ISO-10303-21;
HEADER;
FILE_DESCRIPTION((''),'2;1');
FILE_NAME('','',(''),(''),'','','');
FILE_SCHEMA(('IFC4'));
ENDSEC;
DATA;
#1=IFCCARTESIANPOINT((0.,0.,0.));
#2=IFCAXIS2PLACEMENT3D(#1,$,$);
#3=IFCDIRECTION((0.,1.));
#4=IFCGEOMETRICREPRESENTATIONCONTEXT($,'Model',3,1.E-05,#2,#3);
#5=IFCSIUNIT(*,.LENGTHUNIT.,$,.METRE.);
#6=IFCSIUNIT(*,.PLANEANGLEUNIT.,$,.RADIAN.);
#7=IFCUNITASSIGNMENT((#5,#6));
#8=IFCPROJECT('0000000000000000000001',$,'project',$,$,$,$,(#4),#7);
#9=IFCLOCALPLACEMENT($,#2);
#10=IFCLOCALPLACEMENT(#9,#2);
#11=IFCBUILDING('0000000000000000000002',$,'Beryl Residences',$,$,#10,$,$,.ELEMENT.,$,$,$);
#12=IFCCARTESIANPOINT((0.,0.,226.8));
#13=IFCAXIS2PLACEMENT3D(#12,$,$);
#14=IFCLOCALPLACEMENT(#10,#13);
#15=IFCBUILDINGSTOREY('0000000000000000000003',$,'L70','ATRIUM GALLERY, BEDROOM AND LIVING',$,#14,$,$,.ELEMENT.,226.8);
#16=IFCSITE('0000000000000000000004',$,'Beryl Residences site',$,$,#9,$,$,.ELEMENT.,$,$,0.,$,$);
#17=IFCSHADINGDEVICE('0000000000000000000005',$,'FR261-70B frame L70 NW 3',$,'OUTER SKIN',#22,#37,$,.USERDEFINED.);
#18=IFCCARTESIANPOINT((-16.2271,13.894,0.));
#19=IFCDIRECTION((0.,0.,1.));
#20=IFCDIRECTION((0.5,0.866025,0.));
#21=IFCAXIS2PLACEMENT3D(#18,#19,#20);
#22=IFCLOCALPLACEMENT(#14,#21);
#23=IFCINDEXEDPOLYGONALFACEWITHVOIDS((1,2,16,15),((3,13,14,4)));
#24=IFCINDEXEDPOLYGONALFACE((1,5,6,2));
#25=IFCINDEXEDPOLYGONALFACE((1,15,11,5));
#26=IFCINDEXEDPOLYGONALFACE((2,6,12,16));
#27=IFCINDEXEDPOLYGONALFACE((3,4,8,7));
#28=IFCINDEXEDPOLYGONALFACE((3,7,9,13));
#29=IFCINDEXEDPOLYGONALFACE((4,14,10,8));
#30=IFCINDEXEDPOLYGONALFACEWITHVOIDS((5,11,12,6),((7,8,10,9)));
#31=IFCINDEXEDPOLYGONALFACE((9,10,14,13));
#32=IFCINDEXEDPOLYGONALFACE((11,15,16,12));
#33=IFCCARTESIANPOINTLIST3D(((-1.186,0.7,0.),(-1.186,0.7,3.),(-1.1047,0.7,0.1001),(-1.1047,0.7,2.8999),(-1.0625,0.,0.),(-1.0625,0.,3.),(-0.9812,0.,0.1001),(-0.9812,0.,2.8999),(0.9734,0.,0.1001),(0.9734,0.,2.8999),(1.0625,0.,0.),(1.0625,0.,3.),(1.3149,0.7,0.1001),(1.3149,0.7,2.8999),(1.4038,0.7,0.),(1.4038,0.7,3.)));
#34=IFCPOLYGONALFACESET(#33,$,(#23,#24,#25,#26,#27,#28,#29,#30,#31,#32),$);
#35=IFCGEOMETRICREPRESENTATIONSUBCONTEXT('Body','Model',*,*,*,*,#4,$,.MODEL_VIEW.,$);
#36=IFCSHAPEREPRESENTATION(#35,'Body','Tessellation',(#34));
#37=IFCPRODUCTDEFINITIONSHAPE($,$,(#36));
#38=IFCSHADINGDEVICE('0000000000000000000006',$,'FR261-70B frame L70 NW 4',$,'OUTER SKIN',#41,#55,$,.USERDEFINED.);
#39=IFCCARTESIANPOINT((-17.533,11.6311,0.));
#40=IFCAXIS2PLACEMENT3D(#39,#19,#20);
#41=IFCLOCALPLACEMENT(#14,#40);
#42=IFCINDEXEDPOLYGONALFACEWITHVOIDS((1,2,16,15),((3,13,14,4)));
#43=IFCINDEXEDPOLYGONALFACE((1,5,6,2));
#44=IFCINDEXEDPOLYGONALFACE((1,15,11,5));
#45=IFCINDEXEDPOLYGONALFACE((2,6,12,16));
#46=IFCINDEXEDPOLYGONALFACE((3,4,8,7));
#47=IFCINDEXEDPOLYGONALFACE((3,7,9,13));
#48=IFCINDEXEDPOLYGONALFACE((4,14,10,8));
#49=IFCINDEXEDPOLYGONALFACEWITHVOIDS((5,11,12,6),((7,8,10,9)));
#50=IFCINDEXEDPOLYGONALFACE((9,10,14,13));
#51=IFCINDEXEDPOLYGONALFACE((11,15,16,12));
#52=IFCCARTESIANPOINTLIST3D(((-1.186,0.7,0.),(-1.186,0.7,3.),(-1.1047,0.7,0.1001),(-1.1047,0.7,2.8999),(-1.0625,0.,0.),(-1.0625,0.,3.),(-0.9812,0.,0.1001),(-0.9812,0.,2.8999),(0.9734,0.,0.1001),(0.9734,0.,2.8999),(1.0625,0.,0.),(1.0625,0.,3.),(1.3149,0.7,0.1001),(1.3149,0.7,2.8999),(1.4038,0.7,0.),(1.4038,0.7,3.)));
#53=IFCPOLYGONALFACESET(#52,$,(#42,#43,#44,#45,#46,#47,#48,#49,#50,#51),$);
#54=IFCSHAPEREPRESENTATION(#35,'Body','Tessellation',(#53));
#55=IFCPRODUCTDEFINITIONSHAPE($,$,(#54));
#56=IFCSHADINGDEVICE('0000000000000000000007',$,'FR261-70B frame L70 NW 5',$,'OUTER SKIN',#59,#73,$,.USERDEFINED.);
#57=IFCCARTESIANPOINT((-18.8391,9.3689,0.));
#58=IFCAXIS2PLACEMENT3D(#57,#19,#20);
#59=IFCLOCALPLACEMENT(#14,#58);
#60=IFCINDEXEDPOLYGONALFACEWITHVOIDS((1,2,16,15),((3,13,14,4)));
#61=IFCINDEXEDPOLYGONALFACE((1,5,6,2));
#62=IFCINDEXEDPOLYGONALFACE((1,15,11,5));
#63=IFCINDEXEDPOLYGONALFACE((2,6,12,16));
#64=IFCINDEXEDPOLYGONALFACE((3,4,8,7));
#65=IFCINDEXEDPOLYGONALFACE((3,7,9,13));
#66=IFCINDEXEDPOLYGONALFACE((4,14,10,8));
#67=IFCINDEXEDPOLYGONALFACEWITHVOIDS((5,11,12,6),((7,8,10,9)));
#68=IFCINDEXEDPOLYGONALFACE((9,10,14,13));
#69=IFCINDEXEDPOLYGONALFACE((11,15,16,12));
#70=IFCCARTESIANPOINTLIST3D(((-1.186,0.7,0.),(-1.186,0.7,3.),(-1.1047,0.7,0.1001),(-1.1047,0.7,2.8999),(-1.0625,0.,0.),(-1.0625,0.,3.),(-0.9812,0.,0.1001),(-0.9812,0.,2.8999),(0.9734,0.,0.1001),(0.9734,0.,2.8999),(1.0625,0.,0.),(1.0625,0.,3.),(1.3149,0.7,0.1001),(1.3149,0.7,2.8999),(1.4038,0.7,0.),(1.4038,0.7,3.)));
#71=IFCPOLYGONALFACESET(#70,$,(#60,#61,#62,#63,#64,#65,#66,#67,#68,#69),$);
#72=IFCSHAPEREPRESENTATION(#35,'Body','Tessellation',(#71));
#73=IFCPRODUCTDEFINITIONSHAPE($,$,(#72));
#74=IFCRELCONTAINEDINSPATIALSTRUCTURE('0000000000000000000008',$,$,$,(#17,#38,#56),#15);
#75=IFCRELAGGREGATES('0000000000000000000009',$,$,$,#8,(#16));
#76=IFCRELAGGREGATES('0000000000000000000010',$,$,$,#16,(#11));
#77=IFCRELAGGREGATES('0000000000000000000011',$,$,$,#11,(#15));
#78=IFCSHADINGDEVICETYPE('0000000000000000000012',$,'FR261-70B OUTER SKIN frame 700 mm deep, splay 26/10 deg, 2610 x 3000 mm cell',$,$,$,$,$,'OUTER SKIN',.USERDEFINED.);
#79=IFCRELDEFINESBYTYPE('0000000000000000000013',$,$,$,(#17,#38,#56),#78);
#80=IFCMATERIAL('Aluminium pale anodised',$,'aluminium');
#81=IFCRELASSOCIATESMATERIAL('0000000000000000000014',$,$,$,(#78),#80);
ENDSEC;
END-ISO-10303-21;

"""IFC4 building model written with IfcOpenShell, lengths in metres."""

from ifc_helpers import new_model, entity, si_unit, direction, frame, origin, place, context, subcontext, project, spatial, source, transform, mapped, material, type_object, type_shapes, element, save


model = new_model("IFC4")

# Units and contexts
model_context = context("Model", 3, precision=1e-05, world=origin(), true_north=direction((0.0, 1.0)))
body_context = subcontext(model_context, "Body", "Model", "MODEL_VIEW")
ifc_project = project(units=[si_unit("LENGTHUNIT", "METRE"), si_unit("PLANEANGLEUNIT", "RADIAN")], contexts=[model_context])

# Site, building, storey
site_placement = place(None, origin())
site = spatial("IfcSite", under=ifc_project, at=site_placement, Name="Beryl Residences site", CompositionType="ELEMENT", RefElevation=0.0)
building_placement = place(site_placement, origin())
building = spatial("IfcBuilding", under=site, at=building_placement, Name="Beryl Residences", CompositionType="ELEMENT")
storey_placement = place(building_placement, frame((0.0, 0.0, 226.8)))
storey = spatial("IfcBuildingStorey", under=building, at=storey_placement, Name="L70", Description="ATRIUM GALLERY, BEDROOM AND LIVING", CompositionType="ELEMENT", Elevation=226.8)

# Shading devices
ifc_material_1 = material(Name="Aluminium pale anodised", Category="aluminium")
shading_device_type = type_object("IfcShadingDeviceType", Name="FR261-70B OUTER SKIN frame 700 mm deep, splay 26/10 deg, 2610 x 3000 mm cell", ElementType="OUTER SKIN", PredefinedType="USERDEFINED", material=ifc_material_1)
cartesian_point_1 = entity("IfcCartesianPoint", [-1.0625, 0.0])
cartesian_point_2 = entity("IfcCartesianPoint", [-0.9734, 0.1001])
cartesian_point_3 = entity("IfcCartesianPoint", [-1.4038, 0.0])
cartesian_point_4 = entity("IfcCartesianPoint", [-1.3149, 0.1001])
shared_shape_1 = source(origin(), body_context, "Body", "SweptSolid", [
    entity("IfcExtrudedAreaSolidTapered", entity("IfcArbitraryProfileDefWithVoids", "AREA", None, entity("IfcPolyline", [cartesian_point_1, entity("IfcCartesianPoint", [1.0625, 0.0]), entity("IfcCartesianPoint", [1.0625, 3.0]), entity("IfcCartesianPoint", [-1.0625, 3.0]), cartesian_point_1]), [entity("IfcPolyline", [cartesian_point_2, entity("IfcCartesianPoint", [0.9812, 0.1001]), entity("IfcCartesianPoint", [0.9812, 2.8999]), entity("IfcCartesianPoint", [-0.9734, 2.8999]), cartesian_point_2])]), entity("IfcAxis2Placement3D", entity("IfcCartesianPoint", [0.0, 0.0, 0.0]), entity("IfcDirection", [0.0, 1.0, 0.0]), entity("IfcDirection", [-1.0, 0.0, 0.0])), entity("IfcDirection", [0.0, 0.0, 1.0]), 0.7, entity("IfcArbitraryProfileDefWithVoids", "AREA", None, entity("IfcPolyline", [cartesian_point_3, entity("IfcCartesianPoint", [1.186, 0.0]), entity("IfcCartesianPoint", [1.186, 3.0]), entity("IfcCartesianPoint", [-1.4038, 3.0]), cartesian_point_3]), [entity("IfcPolyline", [cartesian_point_4, entity("IfcCartesianPoint", [1.1047, 0.1001]), entity("IfcCartesianPoint", [1.1047, 2.8999]), entity("IfcCartesianPoint", [-1.3149, 2.8999]), cartesian_point_4])])),
])
type_shapes(shading_device_type, [shared_shape_1])
for number, where, z_axis, x_axis, name in (
    (1, (-16.2271, 13.894, 0.0), (0.0, 0.0, 1.0), (0.5, 0.866025, 0.0), "FR261-70B frame L70 NW 3"),
    (2, (-17.533, 11.6311, 0.0), (0.0, 0.0, 1.0), (0.5, 0.866025, 0.0), "FR261-70B frame L70 NW 4"),
    (3, (-18.8391, 9.3689, 0.0), (0.0, 0.0, 1.0), (0.5, 0.866025, 0.0), "FR261-70B frame L70 NW 5"),
):
    element("IfcShadingDevice", number, at=place(storey_placement, frame(where, z_axis=z_axis, x_axis=x_axis)), inside=storey, type_object=shading_device_type, Name=name, ObjectType="OUTER SKIN", PredefinedType="USERDEFINED", context=body_context, shape_type="MappedRepresentation", body=[
        mapped(shared_shape_1, transform((0.0, 0.0, 0.0))),
    ])

save(model, "model.ifc")
